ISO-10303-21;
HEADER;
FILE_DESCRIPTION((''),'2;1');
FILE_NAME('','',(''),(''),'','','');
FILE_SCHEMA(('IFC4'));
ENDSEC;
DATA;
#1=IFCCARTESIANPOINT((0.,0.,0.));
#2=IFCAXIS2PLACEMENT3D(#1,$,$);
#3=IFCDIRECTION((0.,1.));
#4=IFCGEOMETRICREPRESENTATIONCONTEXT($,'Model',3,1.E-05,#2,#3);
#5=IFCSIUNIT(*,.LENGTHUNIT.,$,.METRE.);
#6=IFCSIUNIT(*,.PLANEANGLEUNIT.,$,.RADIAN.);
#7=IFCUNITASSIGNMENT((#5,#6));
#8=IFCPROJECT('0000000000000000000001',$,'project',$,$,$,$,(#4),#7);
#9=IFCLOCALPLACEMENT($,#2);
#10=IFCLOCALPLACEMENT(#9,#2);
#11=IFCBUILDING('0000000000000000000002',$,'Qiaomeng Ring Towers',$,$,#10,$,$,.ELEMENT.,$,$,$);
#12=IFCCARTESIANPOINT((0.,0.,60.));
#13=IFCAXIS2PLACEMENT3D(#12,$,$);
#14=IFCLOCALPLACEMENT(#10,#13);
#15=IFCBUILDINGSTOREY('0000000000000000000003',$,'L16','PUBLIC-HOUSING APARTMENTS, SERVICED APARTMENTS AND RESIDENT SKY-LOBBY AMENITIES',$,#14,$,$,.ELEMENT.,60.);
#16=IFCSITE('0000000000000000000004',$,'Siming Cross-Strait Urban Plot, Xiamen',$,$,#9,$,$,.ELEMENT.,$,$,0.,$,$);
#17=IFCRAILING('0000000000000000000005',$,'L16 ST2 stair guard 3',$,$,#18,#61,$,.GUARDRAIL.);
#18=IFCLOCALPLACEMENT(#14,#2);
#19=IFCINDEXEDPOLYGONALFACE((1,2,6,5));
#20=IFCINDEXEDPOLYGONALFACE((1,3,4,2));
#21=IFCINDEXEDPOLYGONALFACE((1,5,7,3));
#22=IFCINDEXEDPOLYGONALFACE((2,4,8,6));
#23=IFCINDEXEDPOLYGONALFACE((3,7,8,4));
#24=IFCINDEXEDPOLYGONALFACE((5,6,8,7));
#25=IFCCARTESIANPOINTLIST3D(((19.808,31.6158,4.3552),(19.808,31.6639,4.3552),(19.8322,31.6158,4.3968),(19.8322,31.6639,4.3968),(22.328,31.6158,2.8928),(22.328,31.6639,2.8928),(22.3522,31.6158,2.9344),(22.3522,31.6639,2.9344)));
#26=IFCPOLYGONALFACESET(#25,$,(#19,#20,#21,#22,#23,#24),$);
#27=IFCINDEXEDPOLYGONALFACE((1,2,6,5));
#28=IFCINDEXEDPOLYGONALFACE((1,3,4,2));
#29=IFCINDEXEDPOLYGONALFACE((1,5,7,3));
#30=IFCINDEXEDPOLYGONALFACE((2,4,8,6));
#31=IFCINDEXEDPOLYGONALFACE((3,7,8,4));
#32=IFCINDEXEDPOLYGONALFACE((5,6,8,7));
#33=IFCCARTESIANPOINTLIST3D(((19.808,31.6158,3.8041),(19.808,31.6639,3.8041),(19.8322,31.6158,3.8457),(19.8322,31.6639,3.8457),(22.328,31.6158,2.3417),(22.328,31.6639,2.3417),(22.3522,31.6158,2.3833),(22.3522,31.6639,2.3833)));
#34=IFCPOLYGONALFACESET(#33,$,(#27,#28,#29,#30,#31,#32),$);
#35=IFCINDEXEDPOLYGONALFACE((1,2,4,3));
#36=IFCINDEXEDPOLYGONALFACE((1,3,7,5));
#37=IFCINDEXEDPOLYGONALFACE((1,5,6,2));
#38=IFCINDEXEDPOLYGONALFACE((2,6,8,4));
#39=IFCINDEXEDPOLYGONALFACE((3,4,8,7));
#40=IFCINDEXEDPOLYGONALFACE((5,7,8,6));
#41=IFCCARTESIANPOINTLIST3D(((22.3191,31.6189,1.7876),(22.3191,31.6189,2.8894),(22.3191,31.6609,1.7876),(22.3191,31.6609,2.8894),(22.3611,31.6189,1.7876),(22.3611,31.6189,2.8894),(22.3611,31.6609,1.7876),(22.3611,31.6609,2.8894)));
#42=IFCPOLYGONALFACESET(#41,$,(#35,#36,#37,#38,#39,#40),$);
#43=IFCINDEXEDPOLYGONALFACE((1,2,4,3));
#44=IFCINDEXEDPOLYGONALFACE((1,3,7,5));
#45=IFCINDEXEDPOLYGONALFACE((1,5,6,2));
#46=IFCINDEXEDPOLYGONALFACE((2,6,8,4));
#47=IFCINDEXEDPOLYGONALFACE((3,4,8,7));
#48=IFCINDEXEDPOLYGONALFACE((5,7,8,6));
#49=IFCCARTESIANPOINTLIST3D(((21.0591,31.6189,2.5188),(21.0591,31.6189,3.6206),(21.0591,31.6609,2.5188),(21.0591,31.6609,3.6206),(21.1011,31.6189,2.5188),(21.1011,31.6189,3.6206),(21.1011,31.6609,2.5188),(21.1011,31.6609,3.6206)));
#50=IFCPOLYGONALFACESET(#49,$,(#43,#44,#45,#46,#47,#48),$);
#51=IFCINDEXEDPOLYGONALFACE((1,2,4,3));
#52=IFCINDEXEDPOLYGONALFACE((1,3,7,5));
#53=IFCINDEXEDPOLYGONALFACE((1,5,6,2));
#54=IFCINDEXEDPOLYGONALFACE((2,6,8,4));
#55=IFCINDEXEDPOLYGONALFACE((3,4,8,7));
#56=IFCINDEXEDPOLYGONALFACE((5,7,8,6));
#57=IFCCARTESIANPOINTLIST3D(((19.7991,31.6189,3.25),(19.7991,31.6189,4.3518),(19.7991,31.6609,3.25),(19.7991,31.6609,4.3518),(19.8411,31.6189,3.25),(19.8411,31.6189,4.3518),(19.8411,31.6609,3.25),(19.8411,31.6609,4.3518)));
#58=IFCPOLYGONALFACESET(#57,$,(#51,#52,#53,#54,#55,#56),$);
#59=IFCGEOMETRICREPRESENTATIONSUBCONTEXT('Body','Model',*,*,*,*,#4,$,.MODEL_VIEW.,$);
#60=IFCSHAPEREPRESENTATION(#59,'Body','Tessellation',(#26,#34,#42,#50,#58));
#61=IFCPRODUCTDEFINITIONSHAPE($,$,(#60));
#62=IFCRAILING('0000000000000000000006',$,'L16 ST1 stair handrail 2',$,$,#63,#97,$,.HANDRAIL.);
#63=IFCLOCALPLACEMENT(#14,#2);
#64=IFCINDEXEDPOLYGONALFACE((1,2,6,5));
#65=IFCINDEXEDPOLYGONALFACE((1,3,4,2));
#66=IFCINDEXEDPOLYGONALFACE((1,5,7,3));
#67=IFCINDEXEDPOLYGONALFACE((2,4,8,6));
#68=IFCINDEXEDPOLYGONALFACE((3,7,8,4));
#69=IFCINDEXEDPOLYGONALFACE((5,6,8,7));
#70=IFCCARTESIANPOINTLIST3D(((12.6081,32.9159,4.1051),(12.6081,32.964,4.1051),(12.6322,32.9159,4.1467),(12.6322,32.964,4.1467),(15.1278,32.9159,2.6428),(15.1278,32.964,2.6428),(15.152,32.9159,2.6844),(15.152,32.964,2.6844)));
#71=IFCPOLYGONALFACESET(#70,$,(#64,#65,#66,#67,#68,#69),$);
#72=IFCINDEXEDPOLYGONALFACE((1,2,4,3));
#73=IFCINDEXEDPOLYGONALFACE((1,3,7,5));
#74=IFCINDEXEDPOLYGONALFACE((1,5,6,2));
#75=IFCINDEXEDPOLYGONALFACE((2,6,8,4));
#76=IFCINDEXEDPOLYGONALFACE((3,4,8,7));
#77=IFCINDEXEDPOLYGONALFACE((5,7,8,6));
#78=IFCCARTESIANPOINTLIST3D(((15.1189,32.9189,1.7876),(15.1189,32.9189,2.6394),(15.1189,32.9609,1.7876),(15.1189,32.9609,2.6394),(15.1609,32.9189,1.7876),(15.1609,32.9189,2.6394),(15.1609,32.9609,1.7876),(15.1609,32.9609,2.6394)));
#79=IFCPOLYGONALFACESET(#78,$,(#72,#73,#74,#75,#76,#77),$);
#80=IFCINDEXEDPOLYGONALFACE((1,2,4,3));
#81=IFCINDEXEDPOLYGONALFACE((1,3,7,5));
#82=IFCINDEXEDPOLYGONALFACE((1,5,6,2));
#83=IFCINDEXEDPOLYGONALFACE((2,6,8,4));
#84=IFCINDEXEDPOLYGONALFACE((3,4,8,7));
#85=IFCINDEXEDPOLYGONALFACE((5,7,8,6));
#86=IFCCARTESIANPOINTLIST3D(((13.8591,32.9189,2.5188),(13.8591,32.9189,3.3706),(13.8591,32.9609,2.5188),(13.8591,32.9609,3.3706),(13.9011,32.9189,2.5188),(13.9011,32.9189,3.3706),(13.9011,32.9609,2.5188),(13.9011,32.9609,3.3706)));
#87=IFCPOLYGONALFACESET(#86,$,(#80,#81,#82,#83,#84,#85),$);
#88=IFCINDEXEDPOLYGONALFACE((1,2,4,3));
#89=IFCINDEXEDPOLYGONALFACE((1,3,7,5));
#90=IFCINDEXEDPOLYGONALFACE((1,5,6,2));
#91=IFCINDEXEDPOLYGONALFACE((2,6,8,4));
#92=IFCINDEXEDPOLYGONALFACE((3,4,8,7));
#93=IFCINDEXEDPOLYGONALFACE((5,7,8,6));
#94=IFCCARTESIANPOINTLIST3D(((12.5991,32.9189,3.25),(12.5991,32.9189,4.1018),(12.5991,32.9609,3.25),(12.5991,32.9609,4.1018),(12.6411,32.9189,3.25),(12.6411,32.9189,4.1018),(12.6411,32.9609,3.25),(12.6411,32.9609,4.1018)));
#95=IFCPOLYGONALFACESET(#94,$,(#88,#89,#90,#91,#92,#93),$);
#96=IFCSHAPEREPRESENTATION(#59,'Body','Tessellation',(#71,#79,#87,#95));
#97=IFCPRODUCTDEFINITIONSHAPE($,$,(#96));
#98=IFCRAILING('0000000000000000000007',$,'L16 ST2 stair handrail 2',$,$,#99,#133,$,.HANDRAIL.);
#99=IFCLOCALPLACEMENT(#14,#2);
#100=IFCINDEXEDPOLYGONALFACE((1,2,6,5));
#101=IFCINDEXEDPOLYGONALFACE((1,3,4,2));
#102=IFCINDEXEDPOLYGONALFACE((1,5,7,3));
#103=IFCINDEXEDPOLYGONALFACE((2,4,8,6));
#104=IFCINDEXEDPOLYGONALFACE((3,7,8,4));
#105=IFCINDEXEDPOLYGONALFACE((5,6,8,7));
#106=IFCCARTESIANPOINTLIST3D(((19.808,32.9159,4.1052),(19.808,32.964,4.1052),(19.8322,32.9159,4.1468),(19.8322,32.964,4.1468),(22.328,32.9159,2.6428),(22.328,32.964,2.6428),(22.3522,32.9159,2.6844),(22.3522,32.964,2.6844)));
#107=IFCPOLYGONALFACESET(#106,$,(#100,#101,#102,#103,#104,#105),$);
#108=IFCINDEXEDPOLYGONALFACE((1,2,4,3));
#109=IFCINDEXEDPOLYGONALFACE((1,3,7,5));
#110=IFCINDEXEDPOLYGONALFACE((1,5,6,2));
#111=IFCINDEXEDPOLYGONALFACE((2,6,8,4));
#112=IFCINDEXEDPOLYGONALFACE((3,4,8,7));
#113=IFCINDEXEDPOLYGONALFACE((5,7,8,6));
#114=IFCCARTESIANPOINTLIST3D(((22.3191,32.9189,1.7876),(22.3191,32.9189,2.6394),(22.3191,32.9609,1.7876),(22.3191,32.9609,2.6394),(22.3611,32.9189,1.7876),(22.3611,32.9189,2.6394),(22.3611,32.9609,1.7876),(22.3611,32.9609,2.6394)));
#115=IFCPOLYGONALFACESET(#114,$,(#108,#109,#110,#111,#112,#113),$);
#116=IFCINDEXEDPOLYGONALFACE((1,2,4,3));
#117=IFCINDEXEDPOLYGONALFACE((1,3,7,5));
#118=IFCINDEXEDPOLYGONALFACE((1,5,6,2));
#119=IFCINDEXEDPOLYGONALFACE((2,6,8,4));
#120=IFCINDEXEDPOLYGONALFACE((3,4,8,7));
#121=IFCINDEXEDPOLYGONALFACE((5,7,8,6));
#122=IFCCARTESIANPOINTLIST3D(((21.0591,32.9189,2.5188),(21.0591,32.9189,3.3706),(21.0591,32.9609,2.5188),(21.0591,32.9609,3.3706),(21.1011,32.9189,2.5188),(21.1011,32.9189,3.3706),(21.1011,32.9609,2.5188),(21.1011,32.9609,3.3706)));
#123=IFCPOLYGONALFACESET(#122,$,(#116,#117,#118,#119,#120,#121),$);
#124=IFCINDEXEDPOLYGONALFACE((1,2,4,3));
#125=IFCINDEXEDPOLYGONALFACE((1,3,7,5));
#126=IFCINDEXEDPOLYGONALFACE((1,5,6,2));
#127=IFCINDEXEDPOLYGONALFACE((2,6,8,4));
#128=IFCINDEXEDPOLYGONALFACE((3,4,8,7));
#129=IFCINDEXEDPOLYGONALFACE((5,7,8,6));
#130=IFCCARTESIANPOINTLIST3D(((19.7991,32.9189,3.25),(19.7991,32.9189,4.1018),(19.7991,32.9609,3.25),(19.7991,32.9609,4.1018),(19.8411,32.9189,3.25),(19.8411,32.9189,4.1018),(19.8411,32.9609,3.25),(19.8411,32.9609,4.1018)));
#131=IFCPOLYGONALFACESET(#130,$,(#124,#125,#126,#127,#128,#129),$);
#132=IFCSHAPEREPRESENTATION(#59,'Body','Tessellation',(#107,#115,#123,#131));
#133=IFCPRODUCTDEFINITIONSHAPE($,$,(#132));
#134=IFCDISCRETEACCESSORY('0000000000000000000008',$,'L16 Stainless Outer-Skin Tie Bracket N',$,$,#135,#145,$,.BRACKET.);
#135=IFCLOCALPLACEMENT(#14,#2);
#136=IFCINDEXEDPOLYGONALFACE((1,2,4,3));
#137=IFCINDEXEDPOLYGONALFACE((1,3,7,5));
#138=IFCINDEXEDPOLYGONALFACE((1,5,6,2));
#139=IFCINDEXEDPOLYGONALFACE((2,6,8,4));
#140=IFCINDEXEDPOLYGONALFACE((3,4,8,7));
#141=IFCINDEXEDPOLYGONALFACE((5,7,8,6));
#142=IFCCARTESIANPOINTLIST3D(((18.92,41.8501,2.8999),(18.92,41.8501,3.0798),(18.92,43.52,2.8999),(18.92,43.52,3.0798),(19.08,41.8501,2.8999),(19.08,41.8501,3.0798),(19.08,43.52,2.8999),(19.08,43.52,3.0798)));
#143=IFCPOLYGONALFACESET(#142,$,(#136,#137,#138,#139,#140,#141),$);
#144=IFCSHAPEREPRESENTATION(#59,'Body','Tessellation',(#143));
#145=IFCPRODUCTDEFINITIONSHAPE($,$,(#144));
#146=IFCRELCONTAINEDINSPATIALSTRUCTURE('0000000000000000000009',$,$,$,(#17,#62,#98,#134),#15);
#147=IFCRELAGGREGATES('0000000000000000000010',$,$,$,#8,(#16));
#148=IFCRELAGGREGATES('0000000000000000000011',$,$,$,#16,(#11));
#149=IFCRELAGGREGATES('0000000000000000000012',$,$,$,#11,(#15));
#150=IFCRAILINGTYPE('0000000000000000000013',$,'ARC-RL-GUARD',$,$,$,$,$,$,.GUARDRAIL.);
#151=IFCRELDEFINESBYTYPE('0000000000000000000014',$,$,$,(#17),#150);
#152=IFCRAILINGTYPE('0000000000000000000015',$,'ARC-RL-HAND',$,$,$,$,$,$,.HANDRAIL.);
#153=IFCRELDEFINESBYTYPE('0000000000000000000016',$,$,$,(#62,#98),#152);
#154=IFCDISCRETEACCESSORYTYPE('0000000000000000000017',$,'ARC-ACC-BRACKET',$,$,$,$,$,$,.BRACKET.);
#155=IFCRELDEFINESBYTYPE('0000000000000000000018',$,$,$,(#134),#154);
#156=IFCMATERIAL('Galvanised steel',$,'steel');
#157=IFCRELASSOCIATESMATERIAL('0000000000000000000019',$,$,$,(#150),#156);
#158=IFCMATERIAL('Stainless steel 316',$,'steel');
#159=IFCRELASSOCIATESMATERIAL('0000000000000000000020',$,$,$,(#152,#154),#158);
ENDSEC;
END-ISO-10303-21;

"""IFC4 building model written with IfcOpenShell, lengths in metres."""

from ifc_helpers import new_model, si_unit, direction, frame, origin, origin_2d, place, context, subcontext, project, spatial, rectangle, extrude, source, transform, mapped, material, type_object, element, save


model = new_model("IFC4")

# Units and contexts
model_context = context("Model", 3, precision=1e-05, world=origin(), true_north=direction((0.0, 1.0)))
body_context = subcontext(model_context, "Body", "Model", "MODEL_VIEW")
ifc_project = project(units=[si_unit("LENGTHUNIT", "METRE"), si_unit("PLANEANGLEUNIT", "RADIAN")], contexts=[model_context])

# Site, building, storey
site_placement = place(None, origin())
site = spatial("IfcSite", under=ifc_project, at=site_placement, Name="Siming Cross-Strait Urban Plot, Xiamen", CompositionType="ELEMENT", RefElevation=0.0)
building_placement = place(site_placement, origin())
building = spatial("IfcBuilding", under=site, at=building_placement, Name="Qiaomeng Ring Towers", CompositionType="ELEMENT")
storey_placement = place(building_placement, frame((0.0, 0.0, 60.0)))
storey = spatial("IfcBuildingStorey", under=building, at=storey_placement, Name="L16", Description="PUBLIC-HOUSING APARTMENTS, SERVICED APARTMENTS AND RESIDENT SKY-LOBBY AMENITIES", CompositionType="ELEMENT", Elevation=60.0)

# Shared definitions
ifc_material_1 = material(Name="Galvanised steel", Category="steel")

# Railings
railing_type_1 = type_object("IfcRailingType", Name="ARC-RL-GUARD", PredefinedType="GUARDRAIL", material=ifc_material_1)
railing_1_placement = place(storey_placement, frame((22.3401, 31.6399, 1.7876)))
element("IfcRailing", 1, at=railing_1_placement, inside=storey, type_object=railing_type_1, Name="L16 ST2 stair guard 3", PredefinedType="GUARDRAIL", context=body_context, shape_type="SweptSolid", body=[
    extrude(rectangle(XDim=0.0481, YDim=0.0481, at=origin_2d()), frame((0.0, 0.0, 1.126), z_axis=(-0.864913, 0.0, 0.501921), x_axis=(0.0, -1.0, 0.0)), (0.0, 0.0, 1.0), 2.9136),
    extrude(rectangle(XDim=0.0481, YDim=0.0481, at=origin_2d()), frame((0.0, 0.0, 0.575), z_axis=(-0.864913, 0.0, 0.501921), x_axis=(0.0, -1.0, 0.0)), (0.0, 0.0, 1.0), 2.9136),
    extrude(rectangle(XDim=0.042, YDim=0.042, at=origin_2d()), origin(), (0.0, 0.0, 1.0), 1.1018),
    extrude(rectangle(XDim=0.042, YDim=0.042, at=origin_2d()), frame((-1.26, 0.0, 0.7312)), (0.0, 0.0, 1.0), 1.1018),
    extrude(rectangle(XDim=0.042, YDim=0.042, at=origin_2d()), frame((-2.52, 0.0, 1.4624)), (0.0, 0.0, 1.0), 1.1018),
])
ifc_material_2 = material(Name="Stainless steel 316", Category="steel")
railing_type_2 = type_object("IfcRailingType", Name="ARC-RL-HAND", PredefinedType="HANDRAIL", material=ifc_material_2)
railing_2_placement = place(storey_placement, frame((15.1399, 32.9399, 1.7876)))
element("IfcRailing", 2, at=railing_2_placement, inside=storey, type_object=railing_type_2, Name="L16 ST1 stair handrail 2", PredefinedType="HANDRAIL", context=body_context, shape_type="SweptSolid", body=[
    extrude(rectangle(XDim=0.0481, YDim=0.0481, at=origin_2d()), frame((0.0, 0.0, 0.876), z_axis=(-0.864892, 0.0, 0.501958), x_axis=(0.0, -1.0, 0.0)), (0.0, 0.0, 1.0), 2.9133),
    extrude(rectangle(XDim=0.042, YDim=0.042, at=origin_2d()), origin(), (0.0, 0.0, 1.0), 0.8518),
    extrude(rectangle(XDim=0.042, YDim=0.042, at=origin_2d()), frame((-1.2598, 0.0, 0.7312)), (0.0, 0.0, 1.0), 0.8518),
    extrude(rectangle(XDim=0.042, YDim=0.042, at=origin_2d()), frame((-2.5198, 0.0, 1.4624)), (0.0, 0.0, 1.0), 0.8518),
])
railing_3_placement = place(storey_placement, frame((22.3401, 32.9399, 1.7876)))
element("IfcRailing", 3, at=railing_3_placement, inside=storey, type_object=railing_type_2, Name="L16 ST2 stair handrail 2", PredefinedType="HANDRAIL", context=body_context, shape_type="SweptSolid", body=[
    extrude(rectangle(XDim=0.0481, YDim=0.0481, at=origin_2d()), frame((0.0, 0.0, 0.876), z_axis=(-0.864913, 0.0, 0.501921), x_axis=(0.0, -1.0, 0.0)), (0.0, 0.0, 1.0), 2.9136),
    extrude(rectangle(XDim=0.042, YDim=0.042, at=origin_2d()), origin(), (0.0, 0.0, 1.0), 0.8518),
    extrude(rectangle(XDim=0.042, YDim=0.042, at=origin_2d()), frame((-1.26, 0.0, 0.7312)), (0.0, 0.0, 1.0), 0.8518),
    extrude(rectangle(XDim=0.042, YDim=0.042, at=origin_2d()), frame((-2.52, 0.0, 1.4624)), (0.0, 0.0, 1.0), 0.8518),
])

# Discrete accessory
discrete_accessory_type = type_object("IfcDiscreteAccessoryType", Name="ARC-ACC-BRACKET", PredefinedType="BRACKET", material=ifc_material_2)
shared_shape_1 = source(origin(), body_context, "Body", "SweptSolid", [
    extrude(rectangle(XDim=0.1599, YDim=1.6699, at=origin_2d()), origin(), (0.0, 0.0, 1.0), 0.1799),
])
discrete_accessory_placement = place(storey_placement, frame((19.0, 42.6851, 2.8999), z_axis=(0.0, 0.0, 1.0), x_axis=(1.0, 0.0, 0.0)))
element("IfcDiscreteAccessory", 4, at=discrete_accessory_placement, inside=storey, type_object=discrete_accessory_type, Name="L16 Stainless Outer-Skin Tie Bracket N", PredefinedType="BRACKET", context=body_context, shape_type="MappedRepresentation", body=[
    mapped(shared_shape_1, transform((0.0, 0.0, 0.0), x_axis=(1.0, 0.0, 0.0), y_axis=(0.0, 1.0, 0.0), z_axis=(0.0, 0.0, 1.0), scale=1.0)),
])

save(model, "model.ifc")
